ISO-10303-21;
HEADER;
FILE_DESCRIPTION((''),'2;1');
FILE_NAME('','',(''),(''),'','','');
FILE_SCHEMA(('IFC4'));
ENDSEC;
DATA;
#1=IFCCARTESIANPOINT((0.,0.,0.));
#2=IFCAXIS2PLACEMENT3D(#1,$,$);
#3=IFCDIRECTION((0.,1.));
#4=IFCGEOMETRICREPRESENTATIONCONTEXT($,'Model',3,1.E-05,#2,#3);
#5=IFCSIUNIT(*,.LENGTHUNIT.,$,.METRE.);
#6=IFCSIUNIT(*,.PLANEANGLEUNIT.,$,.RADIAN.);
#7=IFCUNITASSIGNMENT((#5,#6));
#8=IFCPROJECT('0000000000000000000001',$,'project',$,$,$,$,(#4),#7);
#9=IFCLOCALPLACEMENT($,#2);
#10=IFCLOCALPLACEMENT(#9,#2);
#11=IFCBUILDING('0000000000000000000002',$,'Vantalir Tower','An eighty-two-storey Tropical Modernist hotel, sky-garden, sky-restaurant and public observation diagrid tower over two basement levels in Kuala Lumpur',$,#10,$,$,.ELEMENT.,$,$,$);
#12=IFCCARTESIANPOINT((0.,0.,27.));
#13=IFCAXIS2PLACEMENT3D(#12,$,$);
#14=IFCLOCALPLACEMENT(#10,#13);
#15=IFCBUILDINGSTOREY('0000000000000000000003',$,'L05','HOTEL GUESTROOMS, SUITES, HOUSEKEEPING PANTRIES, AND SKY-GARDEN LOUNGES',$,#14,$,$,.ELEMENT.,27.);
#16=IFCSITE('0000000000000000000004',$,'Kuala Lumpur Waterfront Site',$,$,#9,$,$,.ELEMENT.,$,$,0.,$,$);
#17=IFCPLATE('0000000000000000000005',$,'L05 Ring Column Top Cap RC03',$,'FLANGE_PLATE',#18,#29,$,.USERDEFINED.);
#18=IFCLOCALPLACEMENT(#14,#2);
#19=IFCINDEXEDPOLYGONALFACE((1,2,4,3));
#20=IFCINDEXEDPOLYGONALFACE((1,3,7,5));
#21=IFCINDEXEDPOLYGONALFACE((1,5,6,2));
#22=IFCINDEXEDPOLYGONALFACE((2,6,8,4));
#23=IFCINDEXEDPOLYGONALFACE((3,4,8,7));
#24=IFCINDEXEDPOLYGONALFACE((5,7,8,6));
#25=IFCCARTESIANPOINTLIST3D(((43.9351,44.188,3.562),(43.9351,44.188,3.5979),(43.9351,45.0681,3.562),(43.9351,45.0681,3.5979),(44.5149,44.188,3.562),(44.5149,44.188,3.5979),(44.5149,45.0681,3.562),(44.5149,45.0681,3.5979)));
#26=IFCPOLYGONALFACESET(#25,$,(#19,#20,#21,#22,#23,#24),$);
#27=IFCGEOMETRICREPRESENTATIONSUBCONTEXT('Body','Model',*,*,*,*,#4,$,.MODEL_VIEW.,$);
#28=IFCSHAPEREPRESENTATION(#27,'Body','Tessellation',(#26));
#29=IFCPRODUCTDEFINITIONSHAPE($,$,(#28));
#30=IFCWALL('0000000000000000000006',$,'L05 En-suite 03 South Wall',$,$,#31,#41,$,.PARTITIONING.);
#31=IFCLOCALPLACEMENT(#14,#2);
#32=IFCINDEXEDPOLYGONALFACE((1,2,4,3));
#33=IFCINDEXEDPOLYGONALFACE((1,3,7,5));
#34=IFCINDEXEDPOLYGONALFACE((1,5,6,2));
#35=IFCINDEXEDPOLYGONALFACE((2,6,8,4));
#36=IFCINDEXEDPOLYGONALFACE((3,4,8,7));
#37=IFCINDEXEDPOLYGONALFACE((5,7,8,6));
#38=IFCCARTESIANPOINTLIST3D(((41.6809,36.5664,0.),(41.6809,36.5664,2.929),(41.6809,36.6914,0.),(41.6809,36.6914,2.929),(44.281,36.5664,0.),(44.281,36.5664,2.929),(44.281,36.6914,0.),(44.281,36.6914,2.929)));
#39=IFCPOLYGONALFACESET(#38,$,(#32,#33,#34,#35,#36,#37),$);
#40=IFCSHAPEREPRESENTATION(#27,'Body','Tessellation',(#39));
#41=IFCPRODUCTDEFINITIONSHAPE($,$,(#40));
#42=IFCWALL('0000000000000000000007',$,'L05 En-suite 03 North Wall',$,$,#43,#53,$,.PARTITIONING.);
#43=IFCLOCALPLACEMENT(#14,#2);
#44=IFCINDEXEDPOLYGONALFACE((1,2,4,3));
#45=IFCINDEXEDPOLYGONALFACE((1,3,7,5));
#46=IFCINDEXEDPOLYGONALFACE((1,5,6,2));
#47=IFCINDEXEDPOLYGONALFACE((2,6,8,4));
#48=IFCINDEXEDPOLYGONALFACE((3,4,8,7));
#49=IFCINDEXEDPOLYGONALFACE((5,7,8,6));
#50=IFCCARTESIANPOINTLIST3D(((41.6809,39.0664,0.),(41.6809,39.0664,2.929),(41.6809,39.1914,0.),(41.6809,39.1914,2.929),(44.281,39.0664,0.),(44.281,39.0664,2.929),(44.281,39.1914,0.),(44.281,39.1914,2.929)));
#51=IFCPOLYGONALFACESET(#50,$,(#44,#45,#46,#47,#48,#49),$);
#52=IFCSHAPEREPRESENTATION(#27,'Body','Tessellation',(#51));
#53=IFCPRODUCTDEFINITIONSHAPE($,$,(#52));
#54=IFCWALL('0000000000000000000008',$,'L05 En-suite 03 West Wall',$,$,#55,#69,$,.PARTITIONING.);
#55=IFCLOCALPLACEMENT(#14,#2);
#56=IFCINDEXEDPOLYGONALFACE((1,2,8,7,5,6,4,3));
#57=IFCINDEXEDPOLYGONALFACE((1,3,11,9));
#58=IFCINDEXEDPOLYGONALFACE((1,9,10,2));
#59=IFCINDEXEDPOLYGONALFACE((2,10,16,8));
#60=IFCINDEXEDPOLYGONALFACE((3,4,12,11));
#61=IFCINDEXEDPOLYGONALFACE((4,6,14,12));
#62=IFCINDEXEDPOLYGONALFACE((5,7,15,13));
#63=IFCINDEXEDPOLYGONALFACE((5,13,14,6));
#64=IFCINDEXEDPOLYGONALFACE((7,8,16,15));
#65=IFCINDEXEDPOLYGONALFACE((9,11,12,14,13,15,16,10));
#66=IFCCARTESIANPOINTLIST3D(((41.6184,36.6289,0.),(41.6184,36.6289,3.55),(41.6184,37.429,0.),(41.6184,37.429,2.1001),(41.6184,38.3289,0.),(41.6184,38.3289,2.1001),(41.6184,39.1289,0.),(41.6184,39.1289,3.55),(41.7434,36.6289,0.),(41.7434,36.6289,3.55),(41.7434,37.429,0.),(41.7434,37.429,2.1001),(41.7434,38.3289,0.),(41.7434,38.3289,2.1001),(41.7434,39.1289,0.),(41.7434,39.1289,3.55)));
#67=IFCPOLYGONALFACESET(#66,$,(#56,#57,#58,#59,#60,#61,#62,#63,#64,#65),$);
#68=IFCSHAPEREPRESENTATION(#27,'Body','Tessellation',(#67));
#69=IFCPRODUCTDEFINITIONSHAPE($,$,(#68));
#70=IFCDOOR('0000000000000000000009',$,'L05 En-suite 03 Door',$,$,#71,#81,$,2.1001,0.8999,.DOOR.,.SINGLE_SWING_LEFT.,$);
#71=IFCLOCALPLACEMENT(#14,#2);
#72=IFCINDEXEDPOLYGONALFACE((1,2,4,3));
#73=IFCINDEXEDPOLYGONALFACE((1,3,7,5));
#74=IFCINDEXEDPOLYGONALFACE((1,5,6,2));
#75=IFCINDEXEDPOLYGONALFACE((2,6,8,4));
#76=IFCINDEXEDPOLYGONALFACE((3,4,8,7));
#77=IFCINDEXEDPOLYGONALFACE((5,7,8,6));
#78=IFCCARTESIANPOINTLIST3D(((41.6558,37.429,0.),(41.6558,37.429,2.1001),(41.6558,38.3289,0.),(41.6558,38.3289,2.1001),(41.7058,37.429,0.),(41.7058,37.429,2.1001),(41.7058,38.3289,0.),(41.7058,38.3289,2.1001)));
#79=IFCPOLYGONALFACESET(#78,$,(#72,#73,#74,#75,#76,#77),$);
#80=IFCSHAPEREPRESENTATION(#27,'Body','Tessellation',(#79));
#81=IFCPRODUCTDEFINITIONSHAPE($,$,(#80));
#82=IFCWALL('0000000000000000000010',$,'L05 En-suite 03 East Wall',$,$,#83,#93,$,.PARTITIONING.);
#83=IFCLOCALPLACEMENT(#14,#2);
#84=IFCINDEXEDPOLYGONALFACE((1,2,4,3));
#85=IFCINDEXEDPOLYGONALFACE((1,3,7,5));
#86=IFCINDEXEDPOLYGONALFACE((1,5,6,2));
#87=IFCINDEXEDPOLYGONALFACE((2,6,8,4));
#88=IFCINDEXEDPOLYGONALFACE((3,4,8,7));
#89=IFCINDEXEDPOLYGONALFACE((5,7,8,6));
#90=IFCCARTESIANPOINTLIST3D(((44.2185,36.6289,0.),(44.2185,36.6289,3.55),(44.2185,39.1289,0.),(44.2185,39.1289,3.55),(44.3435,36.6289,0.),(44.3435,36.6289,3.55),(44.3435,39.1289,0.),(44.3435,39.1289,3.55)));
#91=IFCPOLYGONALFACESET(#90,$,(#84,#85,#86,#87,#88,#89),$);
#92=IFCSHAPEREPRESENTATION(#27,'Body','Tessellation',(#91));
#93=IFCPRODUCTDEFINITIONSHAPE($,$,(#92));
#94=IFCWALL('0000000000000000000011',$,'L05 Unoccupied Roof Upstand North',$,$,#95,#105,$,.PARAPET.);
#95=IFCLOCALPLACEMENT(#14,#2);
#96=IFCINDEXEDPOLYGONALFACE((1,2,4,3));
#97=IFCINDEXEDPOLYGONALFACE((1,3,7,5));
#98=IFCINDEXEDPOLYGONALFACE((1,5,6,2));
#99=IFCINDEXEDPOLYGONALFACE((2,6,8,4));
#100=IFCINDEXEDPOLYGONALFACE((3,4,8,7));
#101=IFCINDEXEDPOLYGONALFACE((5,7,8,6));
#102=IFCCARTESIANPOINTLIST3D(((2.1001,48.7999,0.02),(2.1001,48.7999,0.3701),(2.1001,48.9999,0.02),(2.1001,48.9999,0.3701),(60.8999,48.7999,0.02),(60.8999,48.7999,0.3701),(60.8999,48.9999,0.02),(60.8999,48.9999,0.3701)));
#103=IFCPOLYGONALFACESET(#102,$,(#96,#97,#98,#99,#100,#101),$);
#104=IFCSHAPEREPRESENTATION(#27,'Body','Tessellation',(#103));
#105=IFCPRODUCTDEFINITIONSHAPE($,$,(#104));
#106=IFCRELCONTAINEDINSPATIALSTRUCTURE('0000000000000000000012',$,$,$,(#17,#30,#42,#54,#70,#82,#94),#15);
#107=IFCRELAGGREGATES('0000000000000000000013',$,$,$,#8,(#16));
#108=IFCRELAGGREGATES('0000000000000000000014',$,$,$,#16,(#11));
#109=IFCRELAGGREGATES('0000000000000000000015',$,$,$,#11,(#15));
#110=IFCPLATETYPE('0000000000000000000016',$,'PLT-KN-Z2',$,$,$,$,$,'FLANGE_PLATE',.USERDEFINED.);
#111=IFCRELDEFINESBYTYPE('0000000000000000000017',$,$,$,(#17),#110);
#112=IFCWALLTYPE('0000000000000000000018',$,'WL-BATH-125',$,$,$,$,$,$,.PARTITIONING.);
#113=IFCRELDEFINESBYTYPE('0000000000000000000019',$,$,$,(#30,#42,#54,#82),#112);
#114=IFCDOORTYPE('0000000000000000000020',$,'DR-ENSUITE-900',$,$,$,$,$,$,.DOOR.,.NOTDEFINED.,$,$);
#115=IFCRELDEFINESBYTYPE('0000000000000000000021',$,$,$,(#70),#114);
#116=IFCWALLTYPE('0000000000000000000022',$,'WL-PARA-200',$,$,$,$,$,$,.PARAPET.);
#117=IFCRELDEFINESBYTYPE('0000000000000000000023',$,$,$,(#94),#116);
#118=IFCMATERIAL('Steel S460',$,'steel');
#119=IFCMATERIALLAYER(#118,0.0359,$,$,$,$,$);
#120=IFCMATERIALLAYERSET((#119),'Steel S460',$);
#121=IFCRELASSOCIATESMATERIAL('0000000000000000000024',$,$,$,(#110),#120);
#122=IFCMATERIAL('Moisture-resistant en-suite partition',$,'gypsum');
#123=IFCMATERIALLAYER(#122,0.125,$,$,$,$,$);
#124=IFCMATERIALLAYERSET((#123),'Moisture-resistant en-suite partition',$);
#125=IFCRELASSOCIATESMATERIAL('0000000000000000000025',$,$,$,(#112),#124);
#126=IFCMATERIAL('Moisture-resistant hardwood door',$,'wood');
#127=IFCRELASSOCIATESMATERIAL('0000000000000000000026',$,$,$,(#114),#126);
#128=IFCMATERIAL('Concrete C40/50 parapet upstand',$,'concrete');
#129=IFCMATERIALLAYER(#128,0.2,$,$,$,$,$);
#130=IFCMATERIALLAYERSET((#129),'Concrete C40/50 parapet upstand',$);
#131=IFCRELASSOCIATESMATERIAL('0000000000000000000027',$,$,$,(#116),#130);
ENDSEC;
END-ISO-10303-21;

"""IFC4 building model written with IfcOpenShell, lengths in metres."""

from ifc_helpers import new_model, si_unit, direction, frame, frame_2d, origin, place, context, subcontext, project, spatial, polyline, rectangle, outline, extrude, material, layer, layer_set, type_object, element, fill, save


model = new_model("IFC4")

# Units and contexts
model_context = context("Model", 3, precision=1e-05, world=origin(), true_north=direction((0.0, 1.0)))
body_context = subcontext(model_context, "Body", "Model", "MODEL_VIEW")
ifc_project = project(units=[si_unit("LENGTHUNIT", "METRE"), si_unit("PLANEANGLEUNIT", "RADIAN")], contexts=[model_context])

# Site, building, storey
site_placement = place(None, origin())
site = spatial("IfcSite", under=ifc_project, at=site_placement, Name="Kuala Lumpur Waterfront Site", CompositionType="ELEMENT", RefElevation=0.0)
building_placement = place(site_placement, origin())
building = spatial("IfcBuilding", under=site, at=building_placement, Name="Vantalir Tower", Description="An eighty-two-storey Tropical Modernist hotel, sky-garden, sky-restaurant and public observation diagrid tower over two basement levels in Kuala Lumpur", CompositionType="ELEMENT")
storey_placement = place(building_placement, frame((0.0, 0.0, 27.0)))
storey = spatial("IfcBuildingStorey", under=building, at=storey_placement, Name="L05", Description="HOTEL GUESTROOMS, SUITES, HOUSEKEEPING PANTRIES, AND SKY-GARDEN LOUNGES", CompositionType="ELEMENT", Elevation=27.0)

# Shared definitions
ifc_material_1 = material(Name="Steel S460", Category="steel")

# Plate
ifc_layer_1 = layer(ifc_material_1, 0.0359)
ifc_layer_set_1 = layer_set([ifc_layer_1], Name="Steel S460")
plate_type_1 = type_object("IfcPlateType", Name="PLT-KN-Z2", ElementType="FLANGE_PLATE", PredefinedType="USERDEFINED", material=ifc_layer_set_1)
plate_1_placement = place(storey_placement, frame((43.9351, 45.0681, 3.5979), z_axis=(0.0, 0.0, 1.0), x_axis=(0.0, -1.0, 0.0)))
element("IfcPlate", 1, at=plate_1_placement, inside=storey, type_object=plate_type_1, Name="L05 Ring Column Top Cap RC03", ObjectType="FLANGE_PLATE", PredefinedType="USERDEFINED", context=body_context, shape_type="SweptSolid", body=[
    extrude(outline(polyline([(0.0, 0.0), (0.8801, 0.0), (0.8801, 0.5798), (0.0, 0.5798), (0.0, 0.0)])), origin(), (0.0, 0.0, -1.0), 0.0359),
])

# Walls
ifc_material_2 = material(Name="Moisture-resistant en-suite partition", Category="gypsum")
ifc_layer_2 = layer(ifc_material_2, 0.125)
ifc_layer_set_2 = layer_set([ifc_layer_2], Name="Moisture-resistant en-suite partition")
wall_type_1 = type_object("IfcWallType", Name="WL-BATH-125", PredefinedType="PARTITIONING", material=ifc_layer_set_2)
for number, where, z_axis, x_axis, name in (
    (2, (41.6809, 36.6289, 0.0), (0.0, 0.0, 1.0), (1.0, 0.0, 0.0), "L05 En-suite 03 South Wall"),
    (3, (41.6809, 39.1289, 0.0), (0.0, 0.0, 1.0), (1.0, 0.0, 0.0), "L05 En-suite 03 North Wall"),
):
    element("IfcWall", number, at=place(storey_placement, frame(where, z_axis=z_axis, x_axis=x_axis)), inside=storey, type_object=wall_type_1, Name=name, PredefinedType="PARTITIONING", context=body_context, shape_type="SweptSolid", body=[
        extrude(rectangle(XDim=2.6001, YDim=0.125, at=frame_2d((1.3, 0.0))), origin(), (0.0, 0.0, 1.0), 2.929),
    ])

# Wall, opening, door
wall_1_placement = place(storey_placement, frame((41.6809, 36.6289, 0.0), z_axis=(0.0, 0.0, 1.0), x_axis=(0.0, 1.0, 0.0)))
wall_1 = element("IfcWall", 4, at=wall_1_placement, inside=storey, type_object=wall_type_1, Name="L05 En-suite 03 West Wall", PredefinedType="PARTITIONING", context=body_context, shape_type="SweptSolid", body=[
    extrude(rectangle(XDim=2.5, YDim=0.125, at=frame_2d((1.25, 0.0))), origin(), (0.0, 0.0, 1.0), 3.55),
])
opening_placement = place(wall_1_placement, frame((0.8, 0.0, 0.0)))
opening = element("IfcOpeningElement", 5, at=opening_placement, cuts=wall_1, PredefinedType="OPENING", context=body_context, shape_type="SweptSolid", body=[
    extrude(rectangle(XDim=0.8999, YDim=2.1001, at=frame_2d((0.45, 1.05))), frame((0.0, 0.0725, 0.0), z_axis=(0.0, -1.0, 0.0), x_axis=(1.0, 0.0, 0.0)), (0.0, 0.0, 1.0), 0.145),
])
ifc_material_3 = material(Name="Moisture-resistant hardwood door", Category="wood")
door_type = type_object("IfcDoorType", Name="DR-ENSUITE-900", OperationType="NOTDEFINED", PredefinedType="DOOR", material=ifc_material_3)
door_placement = place(opening_placement, frame((0.8999, 0.0, 0.0), z_axis=(0.0, 0.0, 1.0), x_axis=(-1.0, 0.0, 0.0)))
door = element("IfcDoor", 6, at=door_placement, inside=storey, type_object=door_type, Name="L05 En-suite 03 Door", OperationType="SINGLE_SWING_LEFT", OverallHeight=2.1001, OverallWidth=0.8999, PredefinedType="DOOR", context=body_context, shape_type="SweptSolid", body=[
    extrude(rectangle(XDim=0.8999, YDim=2.1001, at=frame_2d((0.45, 1.05))), frame((0.0, 0.0249, 0.0), z_axis=(0.0, -1.0, 0.0), x_axis=(1.0, 0.0, 0.0)), (0.0, 0.0, 1.0), 0.05),
])
fill(opening, door)

# Walls
wall_2_placement = place(storey_placement, frame((44.281, 36.6289, 0.0), z_axis=(0.0, 0.0, 1.0), x_axis=(0.0, 1.0, 0.0)))
element("IfcWall", 7, at=wall_2_placement, inside=storey, type_object=wall_type_1, Name="L05 En-suite 03 East Wall", PredefinedType="PARTITIONING", context=body_context, shape_type="SweptSolid", body=[
    extrude(rectangle(XDim=2.5, YDim=0.125, at=frame_2d((1.25, 0.0))), origin(), (0.0, 0.0, 1.0), 3.55),
])
ifc_material_4 = material(Name="Concrete C40/50 parapet upstand", Category="concrete")
ifc_layer_3 = layer(ifc_material_4, 0.2)
ifc_layer_set_3 = layer_set([ifc_layer_3], Name="Concrete C40/50 parapet upstand")
wall_type_2 = type_object("IfcWallType", Name="WL-PARA-200", PredefinedType="PARAPET", material=ifc_layer_set_3)
wall_3_placement = place(storey_placement, frame((60.8999, 48.8999, 0.02), z_axis=(0.0, 0.0, 1.0), x_axis=(-1.0, 0.0, 0.0)))
element("IfcWall", 8, at=wall_3_placement, inside=storey, type_object=wall_type_2, Name="L05 Unoccupied Roof Upstand North", PredefinedType="PARAPET", context=body_context, shape_type="SweptSolid", body=[
    extrude(rectangle(XDim=58.7998, YDim=0.2, at=frame_2d((29.3999, 0.0))), origin(), (0.0, 0.0, 1.0), 0.3501),
])

save(model, "model.ifc")
